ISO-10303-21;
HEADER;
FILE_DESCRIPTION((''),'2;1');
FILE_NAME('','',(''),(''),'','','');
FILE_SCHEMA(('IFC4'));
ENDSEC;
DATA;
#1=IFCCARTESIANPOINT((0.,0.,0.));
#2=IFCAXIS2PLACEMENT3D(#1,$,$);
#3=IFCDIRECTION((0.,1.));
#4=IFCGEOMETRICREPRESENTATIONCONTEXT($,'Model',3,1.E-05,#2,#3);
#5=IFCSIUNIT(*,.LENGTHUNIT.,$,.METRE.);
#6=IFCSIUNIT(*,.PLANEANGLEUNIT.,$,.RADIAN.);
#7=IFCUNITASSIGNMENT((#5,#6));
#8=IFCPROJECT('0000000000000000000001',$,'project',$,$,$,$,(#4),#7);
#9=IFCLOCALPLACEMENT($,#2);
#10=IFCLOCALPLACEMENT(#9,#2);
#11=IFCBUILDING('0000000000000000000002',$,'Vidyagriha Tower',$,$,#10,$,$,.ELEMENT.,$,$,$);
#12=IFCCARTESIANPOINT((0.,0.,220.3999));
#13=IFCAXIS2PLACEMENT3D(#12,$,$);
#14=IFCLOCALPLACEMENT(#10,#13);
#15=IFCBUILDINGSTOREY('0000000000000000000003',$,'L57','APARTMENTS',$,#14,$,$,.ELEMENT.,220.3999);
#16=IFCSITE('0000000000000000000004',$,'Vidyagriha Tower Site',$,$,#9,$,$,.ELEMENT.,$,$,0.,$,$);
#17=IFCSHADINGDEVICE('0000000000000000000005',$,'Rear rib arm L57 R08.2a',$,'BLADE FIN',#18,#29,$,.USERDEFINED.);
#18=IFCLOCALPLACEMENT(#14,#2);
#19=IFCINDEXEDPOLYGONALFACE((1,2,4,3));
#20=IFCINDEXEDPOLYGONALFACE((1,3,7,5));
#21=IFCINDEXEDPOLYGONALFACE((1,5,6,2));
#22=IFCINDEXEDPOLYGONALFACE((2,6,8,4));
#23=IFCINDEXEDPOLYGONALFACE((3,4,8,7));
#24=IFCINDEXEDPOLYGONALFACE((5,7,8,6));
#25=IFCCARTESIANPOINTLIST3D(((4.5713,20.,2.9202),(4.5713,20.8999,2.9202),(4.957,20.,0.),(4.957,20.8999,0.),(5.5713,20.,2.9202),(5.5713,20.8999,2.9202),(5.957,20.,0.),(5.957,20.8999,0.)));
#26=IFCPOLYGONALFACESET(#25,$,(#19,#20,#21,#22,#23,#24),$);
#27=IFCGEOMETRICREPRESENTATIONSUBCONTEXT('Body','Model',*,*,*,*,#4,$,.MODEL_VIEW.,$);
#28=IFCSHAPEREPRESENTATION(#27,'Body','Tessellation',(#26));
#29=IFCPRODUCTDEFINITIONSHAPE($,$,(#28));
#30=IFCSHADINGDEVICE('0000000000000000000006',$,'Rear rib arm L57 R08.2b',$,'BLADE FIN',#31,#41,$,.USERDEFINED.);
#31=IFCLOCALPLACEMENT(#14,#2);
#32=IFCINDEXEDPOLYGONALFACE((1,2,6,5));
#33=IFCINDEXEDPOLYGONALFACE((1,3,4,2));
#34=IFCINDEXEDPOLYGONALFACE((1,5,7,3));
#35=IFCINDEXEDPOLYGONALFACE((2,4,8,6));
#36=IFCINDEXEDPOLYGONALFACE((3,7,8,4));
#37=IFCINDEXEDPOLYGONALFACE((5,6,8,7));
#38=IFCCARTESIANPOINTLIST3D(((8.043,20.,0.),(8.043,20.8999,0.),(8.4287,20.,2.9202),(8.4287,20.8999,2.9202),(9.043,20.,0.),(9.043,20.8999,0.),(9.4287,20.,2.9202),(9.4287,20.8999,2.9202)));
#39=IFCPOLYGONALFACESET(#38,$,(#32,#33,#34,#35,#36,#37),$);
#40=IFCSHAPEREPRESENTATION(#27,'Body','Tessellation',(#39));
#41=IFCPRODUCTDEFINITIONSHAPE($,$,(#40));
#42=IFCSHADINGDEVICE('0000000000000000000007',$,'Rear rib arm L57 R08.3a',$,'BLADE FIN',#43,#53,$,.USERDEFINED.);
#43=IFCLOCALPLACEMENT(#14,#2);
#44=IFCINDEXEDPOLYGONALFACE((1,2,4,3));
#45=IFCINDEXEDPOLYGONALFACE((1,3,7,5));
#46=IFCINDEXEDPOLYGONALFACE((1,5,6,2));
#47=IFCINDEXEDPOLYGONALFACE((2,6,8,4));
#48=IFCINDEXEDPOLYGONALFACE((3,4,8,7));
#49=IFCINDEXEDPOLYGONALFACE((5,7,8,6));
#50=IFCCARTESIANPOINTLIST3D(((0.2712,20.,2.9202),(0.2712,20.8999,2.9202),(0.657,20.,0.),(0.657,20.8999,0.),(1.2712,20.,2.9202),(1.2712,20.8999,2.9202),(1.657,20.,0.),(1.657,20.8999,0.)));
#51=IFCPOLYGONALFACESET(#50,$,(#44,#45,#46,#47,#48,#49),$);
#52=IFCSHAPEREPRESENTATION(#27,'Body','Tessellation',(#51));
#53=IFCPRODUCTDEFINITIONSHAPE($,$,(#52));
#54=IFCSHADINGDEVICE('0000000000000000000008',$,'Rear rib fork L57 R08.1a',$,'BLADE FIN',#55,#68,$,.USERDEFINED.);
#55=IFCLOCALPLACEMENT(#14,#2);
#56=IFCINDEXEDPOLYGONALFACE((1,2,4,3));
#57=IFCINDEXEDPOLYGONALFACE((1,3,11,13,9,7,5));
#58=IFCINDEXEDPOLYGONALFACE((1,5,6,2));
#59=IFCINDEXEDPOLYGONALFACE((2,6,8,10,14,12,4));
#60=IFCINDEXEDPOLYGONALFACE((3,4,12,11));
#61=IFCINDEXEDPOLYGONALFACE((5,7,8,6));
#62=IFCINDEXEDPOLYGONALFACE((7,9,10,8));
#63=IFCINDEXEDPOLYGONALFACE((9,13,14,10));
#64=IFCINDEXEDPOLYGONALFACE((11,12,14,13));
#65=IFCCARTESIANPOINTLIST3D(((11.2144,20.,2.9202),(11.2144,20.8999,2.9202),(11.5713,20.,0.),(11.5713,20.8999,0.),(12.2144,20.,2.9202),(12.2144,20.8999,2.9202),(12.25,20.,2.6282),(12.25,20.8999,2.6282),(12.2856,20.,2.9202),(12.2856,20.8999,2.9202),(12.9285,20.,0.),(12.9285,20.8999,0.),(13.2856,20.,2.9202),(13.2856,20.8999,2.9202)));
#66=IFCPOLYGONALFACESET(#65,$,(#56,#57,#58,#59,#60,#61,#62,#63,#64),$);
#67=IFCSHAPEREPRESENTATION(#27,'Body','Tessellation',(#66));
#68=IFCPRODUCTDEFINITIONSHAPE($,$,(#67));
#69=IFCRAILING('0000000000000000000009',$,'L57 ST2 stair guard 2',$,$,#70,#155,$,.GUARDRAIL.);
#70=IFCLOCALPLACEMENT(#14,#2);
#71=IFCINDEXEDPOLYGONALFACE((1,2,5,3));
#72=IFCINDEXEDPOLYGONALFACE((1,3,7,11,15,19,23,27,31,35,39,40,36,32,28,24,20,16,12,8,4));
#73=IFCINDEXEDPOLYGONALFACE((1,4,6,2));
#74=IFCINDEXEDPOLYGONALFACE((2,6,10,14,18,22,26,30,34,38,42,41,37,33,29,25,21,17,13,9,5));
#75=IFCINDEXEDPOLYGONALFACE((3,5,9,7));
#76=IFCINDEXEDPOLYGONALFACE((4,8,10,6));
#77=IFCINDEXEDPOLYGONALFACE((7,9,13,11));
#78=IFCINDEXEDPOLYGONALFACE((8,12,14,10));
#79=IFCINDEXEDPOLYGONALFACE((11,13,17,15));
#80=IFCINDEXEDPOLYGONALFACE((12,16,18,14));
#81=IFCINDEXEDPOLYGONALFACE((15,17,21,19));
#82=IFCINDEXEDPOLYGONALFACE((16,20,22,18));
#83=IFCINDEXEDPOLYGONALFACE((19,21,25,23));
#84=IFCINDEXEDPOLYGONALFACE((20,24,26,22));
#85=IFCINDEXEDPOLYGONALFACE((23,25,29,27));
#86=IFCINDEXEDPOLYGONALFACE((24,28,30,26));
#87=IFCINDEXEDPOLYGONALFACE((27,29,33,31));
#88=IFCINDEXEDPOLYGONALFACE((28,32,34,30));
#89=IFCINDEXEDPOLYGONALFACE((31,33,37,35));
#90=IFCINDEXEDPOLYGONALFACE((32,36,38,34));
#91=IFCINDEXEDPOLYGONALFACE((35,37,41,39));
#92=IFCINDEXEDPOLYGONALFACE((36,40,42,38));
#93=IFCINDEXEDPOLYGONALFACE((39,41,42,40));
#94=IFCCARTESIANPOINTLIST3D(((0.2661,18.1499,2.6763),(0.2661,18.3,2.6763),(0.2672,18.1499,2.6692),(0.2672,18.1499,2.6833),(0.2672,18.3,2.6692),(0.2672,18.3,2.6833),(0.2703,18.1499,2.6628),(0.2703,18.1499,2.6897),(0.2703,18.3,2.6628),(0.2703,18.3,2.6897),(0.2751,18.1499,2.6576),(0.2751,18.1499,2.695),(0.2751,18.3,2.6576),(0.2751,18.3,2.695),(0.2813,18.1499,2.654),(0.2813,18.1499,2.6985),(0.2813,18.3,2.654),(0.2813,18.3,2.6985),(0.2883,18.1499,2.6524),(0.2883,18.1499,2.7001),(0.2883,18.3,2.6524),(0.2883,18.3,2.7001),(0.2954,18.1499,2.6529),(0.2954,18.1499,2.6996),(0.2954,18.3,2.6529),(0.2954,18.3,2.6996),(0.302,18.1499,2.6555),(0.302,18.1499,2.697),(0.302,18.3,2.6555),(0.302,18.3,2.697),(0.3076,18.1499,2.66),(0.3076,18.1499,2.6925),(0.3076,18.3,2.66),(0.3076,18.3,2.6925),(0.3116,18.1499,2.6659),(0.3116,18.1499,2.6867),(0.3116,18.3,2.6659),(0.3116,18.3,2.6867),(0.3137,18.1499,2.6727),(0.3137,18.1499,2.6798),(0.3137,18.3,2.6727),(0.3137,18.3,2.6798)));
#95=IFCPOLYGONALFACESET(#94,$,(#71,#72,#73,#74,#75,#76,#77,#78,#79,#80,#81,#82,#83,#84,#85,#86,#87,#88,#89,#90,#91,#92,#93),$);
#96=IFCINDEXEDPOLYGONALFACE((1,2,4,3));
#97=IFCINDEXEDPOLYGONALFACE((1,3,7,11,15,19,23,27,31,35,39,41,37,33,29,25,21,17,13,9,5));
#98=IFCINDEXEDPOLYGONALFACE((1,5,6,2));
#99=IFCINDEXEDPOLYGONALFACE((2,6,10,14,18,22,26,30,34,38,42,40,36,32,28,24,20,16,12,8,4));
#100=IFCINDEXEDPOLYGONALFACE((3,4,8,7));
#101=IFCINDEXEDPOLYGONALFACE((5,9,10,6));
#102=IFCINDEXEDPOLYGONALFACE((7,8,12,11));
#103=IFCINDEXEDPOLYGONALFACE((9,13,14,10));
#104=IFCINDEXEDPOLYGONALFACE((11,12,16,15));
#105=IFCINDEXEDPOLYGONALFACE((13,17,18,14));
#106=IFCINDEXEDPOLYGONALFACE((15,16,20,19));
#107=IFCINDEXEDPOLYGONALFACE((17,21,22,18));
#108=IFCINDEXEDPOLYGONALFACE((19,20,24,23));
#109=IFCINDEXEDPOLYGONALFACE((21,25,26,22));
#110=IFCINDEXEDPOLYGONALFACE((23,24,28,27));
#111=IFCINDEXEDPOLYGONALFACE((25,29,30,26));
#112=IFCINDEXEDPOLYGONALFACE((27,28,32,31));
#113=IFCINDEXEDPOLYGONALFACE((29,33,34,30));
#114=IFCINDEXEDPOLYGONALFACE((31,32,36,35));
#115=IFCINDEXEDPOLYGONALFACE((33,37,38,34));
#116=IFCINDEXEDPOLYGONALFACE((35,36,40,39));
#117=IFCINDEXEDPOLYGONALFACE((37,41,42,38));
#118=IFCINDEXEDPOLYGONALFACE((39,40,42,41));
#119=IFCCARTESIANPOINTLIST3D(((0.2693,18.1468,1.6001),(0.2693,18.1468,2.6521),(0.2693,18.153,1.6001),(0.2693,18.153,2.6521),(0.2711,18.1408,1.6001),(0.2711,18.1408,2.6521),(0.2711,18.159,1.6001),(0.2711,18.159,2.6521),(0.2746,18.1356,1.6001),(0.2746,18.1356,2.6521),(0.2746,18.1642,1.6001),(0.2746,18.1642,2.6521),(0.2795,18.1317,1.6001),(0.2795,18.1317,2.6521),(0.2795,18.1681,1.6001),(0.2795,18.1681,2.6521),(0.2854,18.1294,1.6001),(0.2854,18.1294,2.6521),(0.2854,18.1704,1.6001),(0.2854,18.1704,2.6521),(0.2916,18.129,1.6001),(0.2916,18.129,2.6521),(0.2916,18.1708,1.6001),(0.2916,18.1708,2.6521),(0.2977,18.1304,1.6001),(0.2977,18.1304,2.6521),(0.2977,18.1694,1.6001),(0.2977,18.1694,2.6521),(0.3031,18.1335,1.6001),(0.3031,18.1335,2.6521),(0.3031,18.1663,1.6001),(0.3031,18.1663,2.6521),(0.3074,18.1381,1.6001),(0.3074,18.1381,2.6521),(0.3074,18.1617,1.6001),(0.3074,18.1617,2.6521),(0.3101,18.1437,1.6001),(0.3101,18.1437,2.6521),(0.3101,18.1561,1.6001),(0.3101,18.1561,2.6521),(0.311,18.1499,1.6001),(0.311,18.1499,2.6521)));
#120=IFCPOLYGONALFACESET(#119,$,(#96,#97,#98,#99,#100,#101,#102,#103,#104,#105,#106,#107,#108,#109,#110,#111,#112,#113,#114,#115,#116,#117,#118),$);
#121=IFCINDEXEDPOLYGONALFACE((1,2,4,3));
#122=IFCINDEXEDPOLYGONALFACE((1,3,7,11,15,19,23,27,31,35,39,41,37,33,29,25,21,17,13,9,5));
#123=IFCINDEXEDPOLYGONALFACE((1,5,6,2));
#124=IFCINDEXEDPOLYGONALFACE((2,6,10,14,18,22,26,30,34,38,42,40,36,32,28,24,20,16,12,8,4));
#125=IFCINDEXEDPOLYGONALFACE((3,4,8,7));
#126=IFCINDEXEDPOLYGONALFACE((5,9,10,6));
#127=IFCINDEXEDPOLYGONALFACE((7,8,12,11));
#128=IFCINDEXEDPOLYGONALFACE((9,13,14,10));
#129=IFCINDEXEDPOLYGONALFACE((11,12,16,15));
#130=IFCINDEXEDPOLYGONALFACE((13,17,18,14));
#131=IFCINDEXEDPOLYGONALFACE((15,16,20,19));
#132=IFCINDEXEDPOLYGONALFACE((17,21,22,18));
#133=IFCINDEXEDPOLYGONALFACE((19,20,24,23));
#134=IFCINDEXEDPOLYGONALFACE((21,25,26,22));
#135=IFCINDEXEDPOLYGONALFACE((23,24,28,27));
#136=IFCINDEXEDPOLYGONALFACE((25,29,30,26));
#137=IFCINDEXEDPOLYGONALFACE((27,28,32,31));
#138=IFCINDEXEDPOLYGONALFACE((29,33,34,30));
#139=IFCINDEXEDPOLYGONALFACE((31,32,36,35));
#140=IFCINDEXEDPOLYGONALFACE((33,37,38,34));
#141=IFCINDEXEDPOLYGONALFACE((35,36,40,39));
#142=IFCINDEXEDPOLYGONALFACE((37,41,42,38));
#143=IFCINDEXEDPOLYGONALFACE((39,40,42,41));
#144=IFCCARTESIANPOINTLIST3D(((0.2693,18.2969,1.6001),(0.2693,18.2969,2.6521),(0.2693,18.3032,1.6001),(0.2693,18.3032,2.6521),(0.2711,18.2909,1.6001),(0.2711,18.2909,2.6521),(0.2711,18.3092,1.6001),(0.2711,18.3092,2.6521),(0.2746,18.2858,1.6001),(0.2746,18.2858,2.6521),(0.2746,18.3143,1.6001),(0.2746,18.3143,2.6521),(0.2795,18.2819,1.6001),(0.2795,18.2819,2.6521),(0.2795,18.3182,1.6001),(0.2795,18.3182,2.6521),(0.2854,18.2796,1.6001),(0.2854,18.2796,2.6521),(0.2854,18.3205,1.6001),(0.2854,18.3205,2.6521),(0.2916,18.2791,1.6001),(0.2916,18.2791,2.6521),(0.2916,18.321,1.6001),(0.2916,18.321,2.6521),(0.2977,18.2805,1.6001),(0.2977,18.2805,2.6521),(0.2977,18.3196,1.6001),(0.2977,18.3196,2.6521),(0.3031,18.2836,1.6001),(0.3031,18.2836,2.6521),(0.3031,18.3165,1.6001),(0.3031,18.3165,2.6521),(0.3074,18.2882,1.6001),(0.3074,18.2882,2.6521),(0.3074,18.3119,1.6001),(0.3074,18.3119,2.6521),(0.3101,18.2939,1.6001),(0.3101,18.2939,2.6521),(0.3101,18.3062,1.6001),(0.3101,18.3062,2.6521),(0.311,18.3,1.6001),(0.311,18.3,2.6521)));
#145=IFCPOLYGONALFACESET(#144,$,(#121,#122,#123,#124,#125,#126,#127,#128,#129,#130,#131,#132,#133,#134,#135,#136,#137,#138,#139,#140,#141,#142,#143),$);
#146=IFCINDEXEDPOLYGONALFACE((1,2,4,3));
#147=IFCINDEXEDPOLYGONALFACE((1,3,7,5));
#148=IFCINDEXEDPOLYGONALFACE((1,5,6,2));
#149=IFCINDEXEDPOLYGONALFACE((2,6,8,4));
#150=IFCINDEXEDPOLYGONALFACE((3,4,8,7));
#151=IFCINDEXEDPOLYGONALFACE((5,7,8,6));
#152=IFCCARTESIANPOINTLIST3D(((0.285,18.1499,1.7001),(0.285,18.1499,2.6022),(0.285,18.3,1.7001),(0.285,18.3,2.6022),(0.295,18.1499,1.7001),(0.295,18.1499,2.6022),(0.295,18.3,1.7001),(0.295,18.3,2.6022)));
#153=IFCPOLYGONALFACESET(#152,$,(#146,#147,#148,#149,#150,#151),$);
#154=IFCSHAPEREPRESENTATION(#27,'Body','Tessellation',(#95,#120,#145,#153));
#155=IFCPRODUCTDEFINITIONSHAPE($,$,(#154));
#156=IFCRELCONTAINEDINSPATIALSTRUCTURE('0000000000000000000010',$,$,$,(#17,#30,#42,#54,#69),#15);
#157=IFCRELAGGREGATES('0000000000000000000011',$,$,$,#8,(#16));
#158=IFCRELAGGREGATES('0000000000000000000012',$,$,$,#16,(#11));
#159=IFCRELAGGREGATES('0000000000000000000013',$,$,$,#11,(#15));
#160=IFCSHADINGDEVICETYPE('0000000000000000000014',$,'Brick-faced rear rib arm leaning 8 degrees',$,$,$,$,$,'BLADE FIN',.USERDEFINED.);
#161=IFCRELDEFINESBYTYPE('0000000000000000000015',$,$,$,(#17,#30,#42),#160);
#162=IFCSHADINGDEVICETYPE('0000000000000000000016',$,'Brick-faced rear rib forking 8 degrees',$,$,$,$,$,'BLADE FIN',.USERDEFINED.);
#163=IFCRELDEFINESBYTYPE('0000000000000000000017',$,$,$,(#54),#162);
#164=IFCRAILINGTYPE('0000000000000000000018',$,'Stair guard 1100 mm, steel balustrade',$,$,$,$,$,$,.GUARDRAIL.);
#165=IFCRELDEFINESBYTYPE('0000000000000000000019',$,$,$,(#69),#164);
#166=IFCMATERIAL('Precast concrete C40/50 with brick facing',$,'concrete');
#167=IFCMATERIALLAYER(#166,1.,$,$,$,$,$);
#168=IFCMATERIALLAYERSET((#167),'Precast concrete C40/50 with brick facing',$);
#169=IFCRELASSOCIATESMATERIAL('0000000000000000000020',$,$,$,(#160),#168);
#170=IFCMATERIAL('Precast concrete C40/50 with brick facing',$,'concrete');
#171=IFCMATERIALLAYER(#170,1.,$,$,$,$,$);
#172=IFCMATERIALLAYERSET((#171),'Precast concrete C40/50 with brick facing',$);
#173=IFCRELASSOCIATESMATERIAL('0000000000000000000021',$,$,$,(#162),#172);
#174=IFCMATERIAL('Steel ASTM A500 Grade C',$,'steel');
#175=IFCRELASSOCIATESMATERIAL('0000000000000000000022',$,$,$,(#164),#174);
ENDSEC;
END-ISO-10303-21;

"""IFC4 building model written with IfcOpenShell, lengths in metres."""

from ifc_helpers import new_model, si_unit, direction, frame, origin, origin_2d, place, context, subcontext, project, spatial, polyline, rectangle, circle, outline, extrude, material, layer, layer_set, type_object, element, save


model = new_model("IFC4")

# Units and contexts
model_context = context("Model", 3, precision=1e-05, world=origin(), true_north=direction((0.0, 1.0)))
body_context = subcontext(model_context, "Body", "Model", "MODEL_VIEW")
ifc_project = project(units=[si_unit("LENGTHUNIT", "METRE"), si_unit("PLANEANGLEUNIT", "RADIAN")], contexts=[model_context])

# Site, building, storey
site_placement = place(None, origin())
site = spatial("IfcSite", under=ifc_project, at=site_placement, Name="Vidyagriha Tower Site", CompositionType="ELEMENT", RefElevation=0.0)
building_placement = place(site_placement, origin())
building = spatial("IfcBuilding", under=site, at=building_placement, Name="Vidyagriha Tower", CompositionType="ELEMENT")
storey_placement = place(building_placement, frame((0.0, 0.0, 220.3999)))
storey = spatial("IfcBuildingStorey", under=building, at=storey_placement, Name="L57", Description="APARTMENTS", CompositionType="ELEMENT", Elevation=220.3999)

# Shading devices
ifc_material_1 = material(Name="Precast concrete C40/50 with brick facing", Category="concrete")
ifc_layer_1 = layer(ifc_material_1, 1.0)
ifc_layer_set_1 = layer_set([ifc_layer_1], Name="Precast concrete C40/50 with brick facing")
shading_device_type_1 = type_object("IfcShadingDeviceType", Name="Brick-faced rear rib arm leaning 8 degrees", ElementType="BLADE FIN", PredefinedType="USERDEFINED", material=ifc_layer_set_1)
shading_device_1_placement = place(storey_placement, frame((5.957, 20.45, 0.0), z_axis=(0.0, 0.0, 1.0), x_axis=(-1.0, 0.0, 0.0)))
element("IfcShadingDevice", 1, at=shading_device_1_placement, inside=storey, type_object=shading_device_type_1, Name="Rear rib arm L57 R08.2a", ObjectType="BLADE FIN", PredefinedType="USERDEFINED", context=body_context, shape_type="SweptSolid", body=[
    extrude(outline(polyline([(0.0, 0.0), (1.0, 0.0), (1.3857, 2.9202), (0.3857, 2.9202), (0.0, 0.0)])), frame((0.0, 0.45, 0.0), z_axis=(0.0, -1.0, 0.0), x_axis=(1.0, 0.0, 0.0)), (0.0, 0.0, 1.0), 0.8999),
])
shading_device_2_placement = place(storey_placement, frame((9.4287, 20.45, 0.0), z_axis=(0.0, 0.0, 1.0), x_axis=(-1.0, 0.0, 0.0)))
element("IfcShadingDevice", 2, at=shading_device_2_placement, inside=storey, type_object=shading_device_type_1, Name="Rear rib arm L57 R08.2b", ObjectType="BLADE FIN", PredefinedType="USERDEFINED", context=body_context, shape_type="SweptSolid", body=[
    extrude(outline(polyline([(0.3857, 0.0), (1.3857, 0.0), (1.0, 2.9202), (0.0, 2.9202), (0.3857, 0.0)])), frame((0.0, 0.45, 0.0), z_axis=(0.0, -1.0, 0.0), x_axis=(1.0, 0.0, 0.0)), (0.0, 0.0, 1.0), 0.8999),
])
shading_device_3_placement = place(storey_placement, frame((1.657, 20.45, 0.0), z_axis=(0.0, 0.0, 1.0), x_axis=(-1.0, 0.0, 0.0)))
element("IfcShadingDevice", 3, at=shading_device_3_placement, inside=storey, type_object=shading_device_type_1, Name="Rear rib arm L57 R08.3a", ObjectType="BLADE FIN", PredefinedType="USERDEFINED", context=body_context, shape_type="SweptSolid", body=[
    extrude(outline(polyline([(0.0, 0.0), (1.0, 0.0), (1.3857, 2.9202), (0.3857, 2.9202), (0.0, 0.0)])), frame((0.0, 0.45, 0.0), z_axis=(0.0, -1.0, 0.0), x_axis=(1.0, 0.0, 0.0)), (0.0, 0.0, 1.0), 0.8999),
])
ifc_material_2 = material(Name="Precast concrete C40/50 with brick facing", Category="concrete")
ifc_layer_2 = layer(ifc_material_2, 1.0)
ifc_layer_set_2 = layer_set([ifc_layer_2], Name="Precast concrete C40/50 with brick facing")
shading_device_type_2 = type_object("IfcShadingDeviceType", Name="Brick-faced rear rib forking 8 degrees", ElementType="BLADE FIN", PredefinedType="USERDEFINED", material=ifc_layer_set_2)
shading_device_4_placement = place(storey_placement, frame((13.2856, 20.45, 0.0), z_axis=(0.0, 0.0, 1.0), x_axis=(-1.0, 0.0, 0.0)))
element("IfcShadingDevice", 4, at=shading_device_4_placement, inside=storey, type_object=shading_device_type_2, Name="Rear rib fork L57 R08.1a", ObjectType="BLADE FIN", PredefinedType="USERDEFINED", context=body_context, shape_type="SweptSolid", body=[
    extrude(outline(polyline([(0.3572, 0.0), (1.7144, 0.0), (2.0713, 2.9202), (1.0713, 2.9202), (1.0356, 2.6282), (1.0, 2.9202), (0.0, 2.9202), (0.3572, 0.0)])), frame((0.0, 0.45, 0.0), z_axis=(0.0, -1.0, 0.0), x_axis=(1.0, 0.0, 0.0)), (0.0, 0.0, 1.0), 0.8999),
])

# Railing
ifc_material_3 = material(Name="Steel ASTM A500 Grade C", Category="steel")
railing_type_1 = type_object("IfcRailingType", Name="Stair guard 1100 mm, steel balustrade", PredefinedType="GUARDRAIL", material=ifc_material_3)
railing_1_placement = place(storey_placement, frame((0.29, 18.1499, 1.6001)))
element("IfcRailing", 5, at=railing_1_placement, inside=storey, type_object=railing_type_1, Name="L57 ST2 stair guard 2", PredefinedType="GUARDRAIL", context=body_context, shape_type="SweptSolid", body=[
    extrude(circle(Radius=0.0239, at=origin_2d()), frame((0.0, 0.0, 1.0762), z_axis=(0.0, 1.0, 0.0), x_axis=(-1.0, 0.0, 0.0)), (0.0, 0.0, 1.0), 0.1501),
    extrude(circle(Radius=0.021, at=origin_2d()), origin(), (0.0, 0.0, 1.0), 1.052),
    extrude(circle(Radius=0.021, at=origin_2d()), frame((0.0, 0.1501, 0.0)), (0.0, 0.0, 1.0), 1.052),
    extrude(rectangle(XDim=0.01, YDim=0.9021, at=origin_2d()), frame((0.0, 0.0, 0.551), z_axis=(0.0, 1.0, 0.0), x_axis=(-1.0, 0.0, 0.0)), (0.0, 0.0, 1.0), 0.1501),
])

save(model, "model.ifc")
